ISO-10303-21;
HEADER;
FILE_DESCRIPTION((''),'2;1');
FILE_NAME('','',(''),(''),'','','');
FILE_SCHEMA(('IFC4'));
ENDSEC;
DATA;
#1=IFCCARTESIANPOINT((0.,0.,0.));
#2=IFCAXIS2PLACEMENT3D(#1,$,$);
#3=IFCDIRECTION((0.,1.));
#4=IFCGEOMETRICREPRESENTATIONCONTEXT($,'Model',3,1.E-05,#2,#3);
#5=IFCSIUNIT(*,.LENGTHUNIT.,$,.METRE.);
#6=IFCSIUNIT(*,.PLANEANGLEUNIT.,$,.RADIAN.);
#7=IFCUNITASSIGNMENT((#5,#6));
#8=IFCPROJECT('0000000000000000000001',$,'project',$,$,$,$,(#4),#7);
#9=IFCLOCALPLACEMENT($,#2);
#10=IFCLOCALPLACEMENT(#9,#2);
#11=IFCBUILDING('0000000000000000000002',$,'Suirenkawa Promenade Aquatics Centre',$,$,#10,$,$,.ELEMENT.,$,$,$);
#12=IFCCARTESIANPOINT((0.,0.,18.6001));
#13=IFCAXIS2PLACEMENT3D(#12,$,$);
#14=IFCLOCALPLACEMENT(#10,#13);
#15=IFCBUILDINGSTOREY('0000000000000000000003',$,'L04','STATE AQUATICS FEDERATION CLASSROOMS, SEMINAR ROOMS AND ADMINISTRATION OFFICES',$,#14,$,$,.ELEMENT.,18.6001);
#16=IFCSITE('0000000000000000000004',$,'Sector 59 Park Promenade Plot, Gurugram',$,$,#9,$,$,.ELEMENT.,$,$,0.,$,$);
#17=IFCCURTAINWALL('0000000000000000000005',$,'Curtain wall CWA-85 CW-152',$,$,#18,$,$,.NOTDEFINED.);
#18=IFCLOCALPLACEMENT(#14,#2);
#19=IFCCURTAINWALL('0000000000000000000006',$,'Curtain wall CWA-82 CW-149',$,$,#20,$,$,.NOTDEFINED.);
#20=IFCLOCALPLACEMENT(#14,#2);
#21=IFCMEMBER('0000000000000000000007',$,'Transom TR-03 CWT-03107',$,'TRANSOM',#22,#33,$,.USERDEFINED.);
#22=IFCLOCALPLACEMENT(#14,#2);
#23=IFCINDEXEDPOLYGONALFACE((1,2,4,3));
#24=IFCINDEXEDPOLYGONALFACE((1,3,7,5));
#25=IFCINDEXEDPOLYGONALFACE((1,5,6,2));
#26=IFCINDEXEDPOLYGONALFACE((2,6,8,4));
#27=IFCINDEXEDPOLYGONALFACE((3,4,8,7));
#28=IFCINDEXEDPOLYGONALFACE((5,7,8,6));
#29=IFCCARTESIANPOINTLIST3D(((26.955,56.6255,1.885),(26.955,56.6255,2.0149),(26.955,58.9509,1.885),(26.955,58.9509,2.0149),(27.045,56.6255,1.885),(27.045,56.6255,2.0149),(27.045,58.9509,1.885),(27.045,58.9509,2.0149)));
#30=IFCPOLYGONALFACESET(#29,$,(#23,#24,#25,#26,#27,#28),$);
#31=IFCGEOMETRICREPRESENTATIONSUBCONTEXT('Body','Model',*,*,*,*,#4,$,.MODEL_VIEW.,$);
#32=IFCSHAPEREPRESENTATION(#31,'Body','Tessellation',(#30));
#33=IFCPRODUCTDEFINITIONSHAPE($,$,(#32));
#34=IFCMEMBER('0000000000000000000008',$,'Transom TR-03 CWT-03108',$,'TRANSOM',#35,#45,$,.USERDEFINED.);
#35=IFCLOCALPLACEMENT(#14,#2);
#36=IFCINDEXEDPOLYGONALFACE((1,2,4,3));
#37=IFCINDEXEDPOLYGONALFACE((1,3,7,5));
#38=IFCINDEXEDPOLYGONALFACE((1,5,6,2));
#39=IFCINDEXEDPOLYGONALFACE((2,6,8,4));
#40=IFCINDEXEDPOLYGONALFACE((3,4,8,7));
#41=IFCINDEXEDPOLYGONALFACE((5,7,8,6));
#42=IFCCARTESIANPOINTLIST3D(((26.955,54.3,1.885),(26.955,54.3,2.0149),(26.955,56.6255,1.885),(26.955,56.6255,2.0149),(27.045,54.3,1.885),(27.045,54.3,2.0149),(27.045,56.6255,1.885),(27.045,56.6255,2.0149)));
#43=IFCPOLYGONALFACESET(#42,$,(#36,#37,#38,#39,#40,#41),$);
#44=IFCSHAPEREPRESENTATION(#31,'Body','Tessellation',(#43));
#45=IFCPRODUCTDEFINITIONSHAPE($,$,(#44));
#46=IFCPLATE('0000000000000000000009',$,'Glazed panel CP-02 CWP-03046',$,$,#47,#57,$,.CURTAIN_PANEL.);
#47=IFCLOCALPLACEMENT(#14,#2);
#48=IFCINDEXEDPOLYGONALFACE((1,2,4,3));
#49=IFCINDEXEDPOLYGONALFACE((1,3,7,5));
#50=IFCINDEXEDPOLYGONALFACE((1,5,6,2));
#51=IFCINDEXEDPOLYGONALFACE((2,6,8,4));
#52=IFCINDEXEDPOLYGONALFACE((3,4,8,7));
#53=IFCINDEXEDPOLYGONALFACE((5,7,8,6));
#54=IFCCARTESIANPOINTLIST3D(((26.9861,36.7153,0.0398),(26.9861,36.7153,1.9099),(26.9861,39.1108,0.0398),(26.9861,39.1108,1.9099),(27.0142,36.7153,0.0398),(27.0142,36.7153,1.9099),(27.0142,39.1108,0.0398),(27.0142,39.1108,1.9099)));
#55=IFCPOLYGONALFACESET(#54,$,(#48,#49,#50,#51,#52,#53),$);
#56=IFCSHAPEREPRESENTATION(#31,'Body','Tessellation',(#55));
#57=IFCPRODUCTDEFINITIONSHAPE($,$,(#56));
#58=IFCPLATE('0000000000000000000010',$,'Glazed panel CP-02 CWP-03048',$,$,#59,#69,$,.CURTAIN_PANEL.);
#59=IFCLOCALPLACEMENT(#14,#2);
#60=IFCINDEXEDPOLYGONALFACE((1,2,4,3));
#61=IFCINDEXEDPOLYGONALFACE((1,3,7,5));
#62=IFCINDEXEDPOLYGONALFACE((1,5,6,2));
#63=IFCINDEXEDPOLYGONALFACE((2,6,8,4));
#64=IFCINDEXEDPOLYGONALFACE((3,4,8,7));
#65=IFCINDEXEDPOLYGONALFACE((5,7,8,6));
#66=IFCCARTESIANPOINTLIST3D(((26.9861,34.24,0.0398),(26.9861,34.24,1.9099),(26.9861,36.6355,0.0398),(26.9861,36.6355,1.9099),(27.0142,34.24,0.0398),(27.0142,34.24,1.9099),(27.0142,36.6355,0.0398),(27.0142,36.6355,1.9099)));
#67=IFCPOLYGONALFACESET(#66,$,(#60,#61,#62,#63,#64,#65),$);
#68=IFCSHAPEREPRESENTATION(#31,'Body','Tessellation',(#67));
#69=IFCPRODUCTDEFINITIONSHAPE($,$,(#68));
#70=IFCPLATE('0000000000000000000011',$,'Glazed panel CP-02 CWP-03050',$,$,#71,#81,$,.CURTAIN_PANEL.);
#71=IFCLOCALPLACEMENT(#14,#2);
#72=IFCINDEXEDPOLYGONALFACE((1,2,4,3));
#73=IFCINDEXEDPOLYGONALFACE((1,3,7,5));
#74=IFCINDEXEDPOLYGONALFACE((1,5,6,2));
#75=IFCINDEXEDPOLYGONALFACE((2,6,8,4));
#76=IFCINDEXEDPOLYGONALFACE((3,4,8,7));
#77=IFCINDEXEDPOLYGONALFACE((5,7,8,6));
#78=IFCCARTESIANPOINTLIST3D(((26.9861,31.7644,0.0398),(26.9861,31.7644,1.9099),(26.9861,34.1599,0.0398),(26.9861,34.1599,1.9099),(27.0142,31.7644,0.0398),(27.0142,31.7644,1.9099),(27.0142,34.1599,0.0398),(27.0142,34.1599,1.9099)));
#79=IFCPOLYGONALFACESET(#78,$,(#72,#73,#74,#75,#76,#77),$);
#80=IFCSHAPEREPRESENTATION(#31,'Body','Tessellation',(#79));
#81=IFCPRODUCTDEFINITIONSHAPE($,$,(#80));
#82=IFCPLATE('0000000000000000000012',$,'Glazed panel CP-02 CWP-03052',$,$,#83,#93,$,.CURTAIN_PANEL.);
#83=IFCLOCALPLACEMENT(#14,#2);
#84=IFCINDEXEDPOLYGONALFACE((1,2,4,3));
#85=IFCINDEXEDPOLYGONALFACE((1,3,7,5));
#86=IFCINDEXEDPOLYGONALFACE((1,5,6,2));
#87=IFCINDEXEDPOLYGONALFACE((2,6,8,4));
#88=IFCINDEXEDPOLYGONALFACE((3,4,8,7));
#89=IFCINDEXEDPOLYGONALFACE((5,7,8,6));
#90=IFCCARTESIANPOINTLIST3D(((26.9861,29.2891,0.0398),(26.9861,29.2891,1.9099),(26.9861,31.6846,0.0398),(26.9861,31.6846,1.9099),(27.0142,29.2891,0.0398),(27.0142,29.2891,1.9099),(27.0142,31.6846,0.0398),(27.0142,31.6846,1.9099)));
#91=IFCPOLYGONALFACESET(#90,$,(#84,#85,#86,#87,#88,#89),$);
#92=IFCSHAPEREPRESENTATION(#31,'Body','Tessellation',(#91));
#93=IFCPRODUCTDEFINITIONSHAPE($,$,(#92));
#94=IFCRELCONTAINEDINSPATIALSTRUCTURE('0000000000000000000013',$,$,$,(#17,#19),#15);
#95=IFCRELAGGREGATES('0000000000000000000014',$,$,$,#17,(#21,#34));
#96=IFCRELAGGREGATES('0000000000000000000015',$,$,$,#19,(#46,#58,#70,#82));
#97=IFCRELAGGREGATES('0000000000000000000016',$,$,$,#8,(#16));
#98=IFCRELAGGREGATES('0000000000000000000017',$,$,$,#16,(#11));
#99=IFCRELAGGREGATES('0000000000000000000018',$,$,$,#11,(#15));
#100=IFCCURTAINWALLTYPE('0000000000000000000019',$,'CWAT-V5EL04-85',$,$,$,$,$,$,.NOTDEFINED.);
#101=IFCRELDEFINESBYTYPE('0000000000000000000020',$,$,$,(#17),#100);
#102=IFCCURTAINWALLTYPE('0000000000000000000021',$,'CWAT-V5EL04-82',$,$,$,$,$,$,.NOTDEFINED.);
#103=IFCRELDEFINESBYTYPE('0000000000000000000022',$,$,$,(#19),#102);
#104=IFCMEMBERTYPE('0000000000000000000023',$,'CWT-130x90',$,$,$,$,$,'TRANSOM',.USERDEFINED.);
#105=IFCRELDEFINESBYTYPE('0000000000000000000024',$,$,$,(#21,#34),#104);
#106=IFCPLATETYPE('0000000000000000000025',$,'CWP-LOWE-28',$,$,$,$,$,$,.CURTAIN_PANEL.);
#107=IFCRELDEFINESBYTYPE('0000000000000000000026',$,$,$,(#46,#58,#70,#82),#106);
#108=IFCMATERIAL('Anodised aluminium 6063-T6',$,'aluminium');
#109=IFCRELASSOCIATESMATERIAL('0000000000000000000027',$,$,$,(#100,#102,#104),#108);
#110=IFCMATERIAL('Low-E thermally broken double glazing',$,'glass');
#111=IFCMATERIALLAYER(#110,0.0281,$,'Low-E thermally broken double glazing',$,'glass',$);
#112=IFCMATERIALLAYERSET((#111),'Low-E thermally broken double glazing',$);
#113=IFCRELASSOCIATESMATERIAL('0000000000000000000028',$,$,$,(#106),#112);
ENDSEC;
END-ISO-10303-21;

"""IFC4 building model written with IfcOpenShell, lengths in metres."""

from ifc_helpers import new_model, si_unit, direction, frame, origin, origin_2d, place, context, subcontext, project, spatial, polyline, rectangle, outline, extrude, material, layer, layer_set, material_profile, profile_set, type_object, element, aggregate, save


model = new_model("IFC4")

# Units and contexts
model_context = context("Model", 3, precision=1e-05, world=origin(), true_north=direction((0.0, 1.0)))
body_context = subcontext(model_context, "Body", "Model", "MODEL_VIEW")
ifc_project = project(units=[si_unit("LENGTHUNIT", "METRE"), si_unit("PLANEANGLEUNIT", "RADIAN")], contexts=[model_context])

# Site, building, storey
site_placement = place(None, origin())
site = spatial("IfcSite", under=ifc_project, at=site_placement, Name="Sector 59 Park Promenade Plot, Gurugram", CompositionType="ELEMENT", RefElevation=0.0)
building_placement = place(site_placement, origin())
building = spatial("IfcBuilding", under=site, at=building_placement, Name="Suirenkawa Promenade Aquatics Centre", CompositionType="ELEMENT")
storey_placement = place(building_placement, frame((0.0, 0.0, 18.6001)))
storey = spatial("IfcBuildingStorey", under=building, at=storey_placement, Name="L04", Description="STATE AQUATICS FEDERATION CLASSROOMS, SEMINAR ROOMS AND ADMINISTRATION OFFICES", CompositionType="ELEMENT", Elevation=18.6001)

# Curtain walls
ifc_material_1 = material(Name="Anodised aluminium 6063-T6", Category="aluminium")
curtain_wall_type_1 = type_object("IfcCurtainWallType", Name="CWAT-V5EL04-85", PredefinedType="NOTDEFINED", material=ifc_material_1)
curtain_wall_1_placement = place(storey_placement, origin())
curtain_wall_1 = element("IfcCurtainWall", 1, at=curtain_wall_1_placement, inside=storey, type_object=curtain_wall_type_1, Name="Curtain wall CWA-85 CW-152", PredefinedType="NOTDEFINED")
curtain_wall_type_2 = type_object("IfcCurtainWallType", Name="CWAT-V5EL04-82", PredefinedType="NOTDEFINED", material=ifc_material_1)
curtain_wall_2_placement = place(storey_placement, origin())
curtain_wall_2 = element("IfcCurtainWall", 2, at=curtain_wall_2_placement, inside=storey, type_object=curtain_wall_type_2, Name="Curtain wall CWA-82 CW-149", PredefinedType="NOTDEFINED")
ifc_material_profile_1 = material_profile(ifc_material_1, rectangle(XDim=0.0901, YDim=0.1299, at=origin_2d()), Name="ALU TRAN 90x130", Category="aluminium")
ifc_profile_set_1 = profile_set([ifc_material_profile_1], Name="Anodised aluminium 6063-T6")
member_type_1 = type_object("IfcMemberType", Name="CWT-130x90", ElementType="TRANSOM", PredefinedType="USERDEFINED", material=ifc_profile_set_1)

# Members
member_1_placement = place(storey_placement, frame((27.0, 58.9509, 1.95), z_axis=(0.0, -1.0, 0.0), x_axis=(1.0, 0.0, 0.0)))
member_1 = element("IfcMember", 3, at=member_1_placement, type_object=member_type_1, Name="Transom TR-03 CWT-03107", ObjectType="TRANSOM", PredefinedType="USERDEFINED", context=body_context, shape_type="SweptSolid", body=[
    extrude(rectangle(XDim=0.0901, YDim=0.1299, at=origin_2d()), origin(), (0.0, 0.0, 1.0), 2.3254),
])
member_2_placement = place(storey_placement, frame((27.0, 56.6255, 1.95), z_axis=(0.0, -1.0, 0.0), x_axis=(1.0, 0.0, 0.0)))
member_2 = element("IfcMember", 4, at=member_2_placement, type_object=member_type_1, Name="Transom TR-03 CWT-03108", ObjectType="TRANSOM", PredefinedType="USERDEFINED", context=body_context, shape_type="SweptSolid", body=[
    extrude(rectangle(XDim=0.0901, YDim=0.1299, at=origin_2d()), origin(), (0.0, 0.0, 1.0), 2.3254),
])
aggregate(curtain_wall_1, [member_1, member_2])

# Plates
ifc_material_2 = material(Name="Low-E thermally broken double glazing", Category="glass")
ifc_layer = layer(ifc_material_2, 0.0281, Name="Low-E thermally broken double glazing", Category="glass")
ifc_layer_set = layer_set([ifc_layer], Name="Low-E thermally broken double glazing")
plate_type = type_object("IfcPlateType", Name="CWP-LOWE-28", PredefinedType="CURTAIN_PANEL", material=ifc_layer_set)
plate_1_placement = place(storey_placement, frame((27.0, 39.1509, 0.0398), z_axis=(0.0, 0.0, 1.0), x_axis=(0.0, -1.0, 0.0)))
plate_1 = element("IfcPlate", 5, at=plate_1_placement, type_object=plate_type, Name="Glazed panel CP-02 CWP-03046", PredefinedType="CURTAIN_PANEL", context=body_context, shape_type="SweptSolid", body=[
    extrude(outline(polyline([(0.04, 0.0), (2.4355, 0.0), (2.4355, 1.8701), (0.04, 1.8701), (0.04, 0.0)])), frame((0.0, 0.0142, 0.0), z_axis=(0.0, -1.0, 0.0), x_axis=(1.0, 0.0, 0.0)), (0.0, 0.0, 1.0), 0.0281),
])
plate_2_placement = place(storey_placement, frame((27.0, 36.6755, 0.0398), z_axis=(0.0, 0.0, 1.0), x_axis=(0.0, -1.0, 0.0)))
plate_2 = element("IfcPlate", 6, at=plate_2_placement, type_object=plate_type, Name="Glazed panel CP-02 CWP-03048", PredefinedType="CURTAIN_PANEL", context=body_context, shape_type="SweptSolid", body=[
    extrude(outline(polyline([(0.04, 0.0), (2.4355, 0.0), (2.4355, 1.8701), (0.04, 1.8701), (0.04, 0.0)])), frame((0.0, 0.0142, 0.0), z_axis=(0.0, -1.0, 0.0), x_axis=(1.0, 0.0, 0.0)), (0.0, 0.0, 1.0), 0.0281),
])
plate_3_placement = place(storey_placement, frame((27.0, 34.2, 0.0398), z_axis=(0.0, 0.0, 1.0), x_axis=(0.0, -1.0, 0.0)))
plate_3 = element("IfcPlate", 7, at=plate_3_placement, type_object=plate_type, Name="Glazed panel CP-02 CWP-03050", PredefinedType="CURTAIN_PANEL", context=body_context, shape_type="SweptSolid", body=[
    extrude(outline(polyline([(0.04, 0.0), (2.4355, 0.0), (2.4355, 1.8701), (0.04, 1.8701), (0.04, 0.0)])), frame((0.0, 0.0142, 0.0), z_axis=(0.0, -1.0, 0.0), x_axis=(1.0, 0.0, 0.0)), (0.0, 0.0, 1.0), 0.0281),
])
plate_4_placement = place(storey_placement, frame((27.0, 31.7246, 0.0398), z_axis=(0.0, 0.0, 1.0), x_axis=(0.0, -1.0, 0.0)))
plate_4 = element("IfcPlate", 8, at=plate_4_placement, type_object=plate_type, Name="Glazed panel CP-02 CWP-03052", PredefinedType="CURTAIN_PANEL", context=body_context, shape_type="SweptSolid", body=[
    extrude(outline(polyline([(0.04, 0.0), (2.4355, 0.0), (2.4355, 1.8701), (0.04, 1.8701), (0.04, 0.0)])), frame((0.0, 0.0142, 0.0), z_axis=(0.0, -1.0, 0.0), x_axis=(1.0, 0.0, 0.0)), (0.0, 0.0, 1.0), 0.0281),
])
aggregate(curtain_wall_2, [plate_1, plate_2, plate_3, plate_4])

save(model, "model.ifc")
